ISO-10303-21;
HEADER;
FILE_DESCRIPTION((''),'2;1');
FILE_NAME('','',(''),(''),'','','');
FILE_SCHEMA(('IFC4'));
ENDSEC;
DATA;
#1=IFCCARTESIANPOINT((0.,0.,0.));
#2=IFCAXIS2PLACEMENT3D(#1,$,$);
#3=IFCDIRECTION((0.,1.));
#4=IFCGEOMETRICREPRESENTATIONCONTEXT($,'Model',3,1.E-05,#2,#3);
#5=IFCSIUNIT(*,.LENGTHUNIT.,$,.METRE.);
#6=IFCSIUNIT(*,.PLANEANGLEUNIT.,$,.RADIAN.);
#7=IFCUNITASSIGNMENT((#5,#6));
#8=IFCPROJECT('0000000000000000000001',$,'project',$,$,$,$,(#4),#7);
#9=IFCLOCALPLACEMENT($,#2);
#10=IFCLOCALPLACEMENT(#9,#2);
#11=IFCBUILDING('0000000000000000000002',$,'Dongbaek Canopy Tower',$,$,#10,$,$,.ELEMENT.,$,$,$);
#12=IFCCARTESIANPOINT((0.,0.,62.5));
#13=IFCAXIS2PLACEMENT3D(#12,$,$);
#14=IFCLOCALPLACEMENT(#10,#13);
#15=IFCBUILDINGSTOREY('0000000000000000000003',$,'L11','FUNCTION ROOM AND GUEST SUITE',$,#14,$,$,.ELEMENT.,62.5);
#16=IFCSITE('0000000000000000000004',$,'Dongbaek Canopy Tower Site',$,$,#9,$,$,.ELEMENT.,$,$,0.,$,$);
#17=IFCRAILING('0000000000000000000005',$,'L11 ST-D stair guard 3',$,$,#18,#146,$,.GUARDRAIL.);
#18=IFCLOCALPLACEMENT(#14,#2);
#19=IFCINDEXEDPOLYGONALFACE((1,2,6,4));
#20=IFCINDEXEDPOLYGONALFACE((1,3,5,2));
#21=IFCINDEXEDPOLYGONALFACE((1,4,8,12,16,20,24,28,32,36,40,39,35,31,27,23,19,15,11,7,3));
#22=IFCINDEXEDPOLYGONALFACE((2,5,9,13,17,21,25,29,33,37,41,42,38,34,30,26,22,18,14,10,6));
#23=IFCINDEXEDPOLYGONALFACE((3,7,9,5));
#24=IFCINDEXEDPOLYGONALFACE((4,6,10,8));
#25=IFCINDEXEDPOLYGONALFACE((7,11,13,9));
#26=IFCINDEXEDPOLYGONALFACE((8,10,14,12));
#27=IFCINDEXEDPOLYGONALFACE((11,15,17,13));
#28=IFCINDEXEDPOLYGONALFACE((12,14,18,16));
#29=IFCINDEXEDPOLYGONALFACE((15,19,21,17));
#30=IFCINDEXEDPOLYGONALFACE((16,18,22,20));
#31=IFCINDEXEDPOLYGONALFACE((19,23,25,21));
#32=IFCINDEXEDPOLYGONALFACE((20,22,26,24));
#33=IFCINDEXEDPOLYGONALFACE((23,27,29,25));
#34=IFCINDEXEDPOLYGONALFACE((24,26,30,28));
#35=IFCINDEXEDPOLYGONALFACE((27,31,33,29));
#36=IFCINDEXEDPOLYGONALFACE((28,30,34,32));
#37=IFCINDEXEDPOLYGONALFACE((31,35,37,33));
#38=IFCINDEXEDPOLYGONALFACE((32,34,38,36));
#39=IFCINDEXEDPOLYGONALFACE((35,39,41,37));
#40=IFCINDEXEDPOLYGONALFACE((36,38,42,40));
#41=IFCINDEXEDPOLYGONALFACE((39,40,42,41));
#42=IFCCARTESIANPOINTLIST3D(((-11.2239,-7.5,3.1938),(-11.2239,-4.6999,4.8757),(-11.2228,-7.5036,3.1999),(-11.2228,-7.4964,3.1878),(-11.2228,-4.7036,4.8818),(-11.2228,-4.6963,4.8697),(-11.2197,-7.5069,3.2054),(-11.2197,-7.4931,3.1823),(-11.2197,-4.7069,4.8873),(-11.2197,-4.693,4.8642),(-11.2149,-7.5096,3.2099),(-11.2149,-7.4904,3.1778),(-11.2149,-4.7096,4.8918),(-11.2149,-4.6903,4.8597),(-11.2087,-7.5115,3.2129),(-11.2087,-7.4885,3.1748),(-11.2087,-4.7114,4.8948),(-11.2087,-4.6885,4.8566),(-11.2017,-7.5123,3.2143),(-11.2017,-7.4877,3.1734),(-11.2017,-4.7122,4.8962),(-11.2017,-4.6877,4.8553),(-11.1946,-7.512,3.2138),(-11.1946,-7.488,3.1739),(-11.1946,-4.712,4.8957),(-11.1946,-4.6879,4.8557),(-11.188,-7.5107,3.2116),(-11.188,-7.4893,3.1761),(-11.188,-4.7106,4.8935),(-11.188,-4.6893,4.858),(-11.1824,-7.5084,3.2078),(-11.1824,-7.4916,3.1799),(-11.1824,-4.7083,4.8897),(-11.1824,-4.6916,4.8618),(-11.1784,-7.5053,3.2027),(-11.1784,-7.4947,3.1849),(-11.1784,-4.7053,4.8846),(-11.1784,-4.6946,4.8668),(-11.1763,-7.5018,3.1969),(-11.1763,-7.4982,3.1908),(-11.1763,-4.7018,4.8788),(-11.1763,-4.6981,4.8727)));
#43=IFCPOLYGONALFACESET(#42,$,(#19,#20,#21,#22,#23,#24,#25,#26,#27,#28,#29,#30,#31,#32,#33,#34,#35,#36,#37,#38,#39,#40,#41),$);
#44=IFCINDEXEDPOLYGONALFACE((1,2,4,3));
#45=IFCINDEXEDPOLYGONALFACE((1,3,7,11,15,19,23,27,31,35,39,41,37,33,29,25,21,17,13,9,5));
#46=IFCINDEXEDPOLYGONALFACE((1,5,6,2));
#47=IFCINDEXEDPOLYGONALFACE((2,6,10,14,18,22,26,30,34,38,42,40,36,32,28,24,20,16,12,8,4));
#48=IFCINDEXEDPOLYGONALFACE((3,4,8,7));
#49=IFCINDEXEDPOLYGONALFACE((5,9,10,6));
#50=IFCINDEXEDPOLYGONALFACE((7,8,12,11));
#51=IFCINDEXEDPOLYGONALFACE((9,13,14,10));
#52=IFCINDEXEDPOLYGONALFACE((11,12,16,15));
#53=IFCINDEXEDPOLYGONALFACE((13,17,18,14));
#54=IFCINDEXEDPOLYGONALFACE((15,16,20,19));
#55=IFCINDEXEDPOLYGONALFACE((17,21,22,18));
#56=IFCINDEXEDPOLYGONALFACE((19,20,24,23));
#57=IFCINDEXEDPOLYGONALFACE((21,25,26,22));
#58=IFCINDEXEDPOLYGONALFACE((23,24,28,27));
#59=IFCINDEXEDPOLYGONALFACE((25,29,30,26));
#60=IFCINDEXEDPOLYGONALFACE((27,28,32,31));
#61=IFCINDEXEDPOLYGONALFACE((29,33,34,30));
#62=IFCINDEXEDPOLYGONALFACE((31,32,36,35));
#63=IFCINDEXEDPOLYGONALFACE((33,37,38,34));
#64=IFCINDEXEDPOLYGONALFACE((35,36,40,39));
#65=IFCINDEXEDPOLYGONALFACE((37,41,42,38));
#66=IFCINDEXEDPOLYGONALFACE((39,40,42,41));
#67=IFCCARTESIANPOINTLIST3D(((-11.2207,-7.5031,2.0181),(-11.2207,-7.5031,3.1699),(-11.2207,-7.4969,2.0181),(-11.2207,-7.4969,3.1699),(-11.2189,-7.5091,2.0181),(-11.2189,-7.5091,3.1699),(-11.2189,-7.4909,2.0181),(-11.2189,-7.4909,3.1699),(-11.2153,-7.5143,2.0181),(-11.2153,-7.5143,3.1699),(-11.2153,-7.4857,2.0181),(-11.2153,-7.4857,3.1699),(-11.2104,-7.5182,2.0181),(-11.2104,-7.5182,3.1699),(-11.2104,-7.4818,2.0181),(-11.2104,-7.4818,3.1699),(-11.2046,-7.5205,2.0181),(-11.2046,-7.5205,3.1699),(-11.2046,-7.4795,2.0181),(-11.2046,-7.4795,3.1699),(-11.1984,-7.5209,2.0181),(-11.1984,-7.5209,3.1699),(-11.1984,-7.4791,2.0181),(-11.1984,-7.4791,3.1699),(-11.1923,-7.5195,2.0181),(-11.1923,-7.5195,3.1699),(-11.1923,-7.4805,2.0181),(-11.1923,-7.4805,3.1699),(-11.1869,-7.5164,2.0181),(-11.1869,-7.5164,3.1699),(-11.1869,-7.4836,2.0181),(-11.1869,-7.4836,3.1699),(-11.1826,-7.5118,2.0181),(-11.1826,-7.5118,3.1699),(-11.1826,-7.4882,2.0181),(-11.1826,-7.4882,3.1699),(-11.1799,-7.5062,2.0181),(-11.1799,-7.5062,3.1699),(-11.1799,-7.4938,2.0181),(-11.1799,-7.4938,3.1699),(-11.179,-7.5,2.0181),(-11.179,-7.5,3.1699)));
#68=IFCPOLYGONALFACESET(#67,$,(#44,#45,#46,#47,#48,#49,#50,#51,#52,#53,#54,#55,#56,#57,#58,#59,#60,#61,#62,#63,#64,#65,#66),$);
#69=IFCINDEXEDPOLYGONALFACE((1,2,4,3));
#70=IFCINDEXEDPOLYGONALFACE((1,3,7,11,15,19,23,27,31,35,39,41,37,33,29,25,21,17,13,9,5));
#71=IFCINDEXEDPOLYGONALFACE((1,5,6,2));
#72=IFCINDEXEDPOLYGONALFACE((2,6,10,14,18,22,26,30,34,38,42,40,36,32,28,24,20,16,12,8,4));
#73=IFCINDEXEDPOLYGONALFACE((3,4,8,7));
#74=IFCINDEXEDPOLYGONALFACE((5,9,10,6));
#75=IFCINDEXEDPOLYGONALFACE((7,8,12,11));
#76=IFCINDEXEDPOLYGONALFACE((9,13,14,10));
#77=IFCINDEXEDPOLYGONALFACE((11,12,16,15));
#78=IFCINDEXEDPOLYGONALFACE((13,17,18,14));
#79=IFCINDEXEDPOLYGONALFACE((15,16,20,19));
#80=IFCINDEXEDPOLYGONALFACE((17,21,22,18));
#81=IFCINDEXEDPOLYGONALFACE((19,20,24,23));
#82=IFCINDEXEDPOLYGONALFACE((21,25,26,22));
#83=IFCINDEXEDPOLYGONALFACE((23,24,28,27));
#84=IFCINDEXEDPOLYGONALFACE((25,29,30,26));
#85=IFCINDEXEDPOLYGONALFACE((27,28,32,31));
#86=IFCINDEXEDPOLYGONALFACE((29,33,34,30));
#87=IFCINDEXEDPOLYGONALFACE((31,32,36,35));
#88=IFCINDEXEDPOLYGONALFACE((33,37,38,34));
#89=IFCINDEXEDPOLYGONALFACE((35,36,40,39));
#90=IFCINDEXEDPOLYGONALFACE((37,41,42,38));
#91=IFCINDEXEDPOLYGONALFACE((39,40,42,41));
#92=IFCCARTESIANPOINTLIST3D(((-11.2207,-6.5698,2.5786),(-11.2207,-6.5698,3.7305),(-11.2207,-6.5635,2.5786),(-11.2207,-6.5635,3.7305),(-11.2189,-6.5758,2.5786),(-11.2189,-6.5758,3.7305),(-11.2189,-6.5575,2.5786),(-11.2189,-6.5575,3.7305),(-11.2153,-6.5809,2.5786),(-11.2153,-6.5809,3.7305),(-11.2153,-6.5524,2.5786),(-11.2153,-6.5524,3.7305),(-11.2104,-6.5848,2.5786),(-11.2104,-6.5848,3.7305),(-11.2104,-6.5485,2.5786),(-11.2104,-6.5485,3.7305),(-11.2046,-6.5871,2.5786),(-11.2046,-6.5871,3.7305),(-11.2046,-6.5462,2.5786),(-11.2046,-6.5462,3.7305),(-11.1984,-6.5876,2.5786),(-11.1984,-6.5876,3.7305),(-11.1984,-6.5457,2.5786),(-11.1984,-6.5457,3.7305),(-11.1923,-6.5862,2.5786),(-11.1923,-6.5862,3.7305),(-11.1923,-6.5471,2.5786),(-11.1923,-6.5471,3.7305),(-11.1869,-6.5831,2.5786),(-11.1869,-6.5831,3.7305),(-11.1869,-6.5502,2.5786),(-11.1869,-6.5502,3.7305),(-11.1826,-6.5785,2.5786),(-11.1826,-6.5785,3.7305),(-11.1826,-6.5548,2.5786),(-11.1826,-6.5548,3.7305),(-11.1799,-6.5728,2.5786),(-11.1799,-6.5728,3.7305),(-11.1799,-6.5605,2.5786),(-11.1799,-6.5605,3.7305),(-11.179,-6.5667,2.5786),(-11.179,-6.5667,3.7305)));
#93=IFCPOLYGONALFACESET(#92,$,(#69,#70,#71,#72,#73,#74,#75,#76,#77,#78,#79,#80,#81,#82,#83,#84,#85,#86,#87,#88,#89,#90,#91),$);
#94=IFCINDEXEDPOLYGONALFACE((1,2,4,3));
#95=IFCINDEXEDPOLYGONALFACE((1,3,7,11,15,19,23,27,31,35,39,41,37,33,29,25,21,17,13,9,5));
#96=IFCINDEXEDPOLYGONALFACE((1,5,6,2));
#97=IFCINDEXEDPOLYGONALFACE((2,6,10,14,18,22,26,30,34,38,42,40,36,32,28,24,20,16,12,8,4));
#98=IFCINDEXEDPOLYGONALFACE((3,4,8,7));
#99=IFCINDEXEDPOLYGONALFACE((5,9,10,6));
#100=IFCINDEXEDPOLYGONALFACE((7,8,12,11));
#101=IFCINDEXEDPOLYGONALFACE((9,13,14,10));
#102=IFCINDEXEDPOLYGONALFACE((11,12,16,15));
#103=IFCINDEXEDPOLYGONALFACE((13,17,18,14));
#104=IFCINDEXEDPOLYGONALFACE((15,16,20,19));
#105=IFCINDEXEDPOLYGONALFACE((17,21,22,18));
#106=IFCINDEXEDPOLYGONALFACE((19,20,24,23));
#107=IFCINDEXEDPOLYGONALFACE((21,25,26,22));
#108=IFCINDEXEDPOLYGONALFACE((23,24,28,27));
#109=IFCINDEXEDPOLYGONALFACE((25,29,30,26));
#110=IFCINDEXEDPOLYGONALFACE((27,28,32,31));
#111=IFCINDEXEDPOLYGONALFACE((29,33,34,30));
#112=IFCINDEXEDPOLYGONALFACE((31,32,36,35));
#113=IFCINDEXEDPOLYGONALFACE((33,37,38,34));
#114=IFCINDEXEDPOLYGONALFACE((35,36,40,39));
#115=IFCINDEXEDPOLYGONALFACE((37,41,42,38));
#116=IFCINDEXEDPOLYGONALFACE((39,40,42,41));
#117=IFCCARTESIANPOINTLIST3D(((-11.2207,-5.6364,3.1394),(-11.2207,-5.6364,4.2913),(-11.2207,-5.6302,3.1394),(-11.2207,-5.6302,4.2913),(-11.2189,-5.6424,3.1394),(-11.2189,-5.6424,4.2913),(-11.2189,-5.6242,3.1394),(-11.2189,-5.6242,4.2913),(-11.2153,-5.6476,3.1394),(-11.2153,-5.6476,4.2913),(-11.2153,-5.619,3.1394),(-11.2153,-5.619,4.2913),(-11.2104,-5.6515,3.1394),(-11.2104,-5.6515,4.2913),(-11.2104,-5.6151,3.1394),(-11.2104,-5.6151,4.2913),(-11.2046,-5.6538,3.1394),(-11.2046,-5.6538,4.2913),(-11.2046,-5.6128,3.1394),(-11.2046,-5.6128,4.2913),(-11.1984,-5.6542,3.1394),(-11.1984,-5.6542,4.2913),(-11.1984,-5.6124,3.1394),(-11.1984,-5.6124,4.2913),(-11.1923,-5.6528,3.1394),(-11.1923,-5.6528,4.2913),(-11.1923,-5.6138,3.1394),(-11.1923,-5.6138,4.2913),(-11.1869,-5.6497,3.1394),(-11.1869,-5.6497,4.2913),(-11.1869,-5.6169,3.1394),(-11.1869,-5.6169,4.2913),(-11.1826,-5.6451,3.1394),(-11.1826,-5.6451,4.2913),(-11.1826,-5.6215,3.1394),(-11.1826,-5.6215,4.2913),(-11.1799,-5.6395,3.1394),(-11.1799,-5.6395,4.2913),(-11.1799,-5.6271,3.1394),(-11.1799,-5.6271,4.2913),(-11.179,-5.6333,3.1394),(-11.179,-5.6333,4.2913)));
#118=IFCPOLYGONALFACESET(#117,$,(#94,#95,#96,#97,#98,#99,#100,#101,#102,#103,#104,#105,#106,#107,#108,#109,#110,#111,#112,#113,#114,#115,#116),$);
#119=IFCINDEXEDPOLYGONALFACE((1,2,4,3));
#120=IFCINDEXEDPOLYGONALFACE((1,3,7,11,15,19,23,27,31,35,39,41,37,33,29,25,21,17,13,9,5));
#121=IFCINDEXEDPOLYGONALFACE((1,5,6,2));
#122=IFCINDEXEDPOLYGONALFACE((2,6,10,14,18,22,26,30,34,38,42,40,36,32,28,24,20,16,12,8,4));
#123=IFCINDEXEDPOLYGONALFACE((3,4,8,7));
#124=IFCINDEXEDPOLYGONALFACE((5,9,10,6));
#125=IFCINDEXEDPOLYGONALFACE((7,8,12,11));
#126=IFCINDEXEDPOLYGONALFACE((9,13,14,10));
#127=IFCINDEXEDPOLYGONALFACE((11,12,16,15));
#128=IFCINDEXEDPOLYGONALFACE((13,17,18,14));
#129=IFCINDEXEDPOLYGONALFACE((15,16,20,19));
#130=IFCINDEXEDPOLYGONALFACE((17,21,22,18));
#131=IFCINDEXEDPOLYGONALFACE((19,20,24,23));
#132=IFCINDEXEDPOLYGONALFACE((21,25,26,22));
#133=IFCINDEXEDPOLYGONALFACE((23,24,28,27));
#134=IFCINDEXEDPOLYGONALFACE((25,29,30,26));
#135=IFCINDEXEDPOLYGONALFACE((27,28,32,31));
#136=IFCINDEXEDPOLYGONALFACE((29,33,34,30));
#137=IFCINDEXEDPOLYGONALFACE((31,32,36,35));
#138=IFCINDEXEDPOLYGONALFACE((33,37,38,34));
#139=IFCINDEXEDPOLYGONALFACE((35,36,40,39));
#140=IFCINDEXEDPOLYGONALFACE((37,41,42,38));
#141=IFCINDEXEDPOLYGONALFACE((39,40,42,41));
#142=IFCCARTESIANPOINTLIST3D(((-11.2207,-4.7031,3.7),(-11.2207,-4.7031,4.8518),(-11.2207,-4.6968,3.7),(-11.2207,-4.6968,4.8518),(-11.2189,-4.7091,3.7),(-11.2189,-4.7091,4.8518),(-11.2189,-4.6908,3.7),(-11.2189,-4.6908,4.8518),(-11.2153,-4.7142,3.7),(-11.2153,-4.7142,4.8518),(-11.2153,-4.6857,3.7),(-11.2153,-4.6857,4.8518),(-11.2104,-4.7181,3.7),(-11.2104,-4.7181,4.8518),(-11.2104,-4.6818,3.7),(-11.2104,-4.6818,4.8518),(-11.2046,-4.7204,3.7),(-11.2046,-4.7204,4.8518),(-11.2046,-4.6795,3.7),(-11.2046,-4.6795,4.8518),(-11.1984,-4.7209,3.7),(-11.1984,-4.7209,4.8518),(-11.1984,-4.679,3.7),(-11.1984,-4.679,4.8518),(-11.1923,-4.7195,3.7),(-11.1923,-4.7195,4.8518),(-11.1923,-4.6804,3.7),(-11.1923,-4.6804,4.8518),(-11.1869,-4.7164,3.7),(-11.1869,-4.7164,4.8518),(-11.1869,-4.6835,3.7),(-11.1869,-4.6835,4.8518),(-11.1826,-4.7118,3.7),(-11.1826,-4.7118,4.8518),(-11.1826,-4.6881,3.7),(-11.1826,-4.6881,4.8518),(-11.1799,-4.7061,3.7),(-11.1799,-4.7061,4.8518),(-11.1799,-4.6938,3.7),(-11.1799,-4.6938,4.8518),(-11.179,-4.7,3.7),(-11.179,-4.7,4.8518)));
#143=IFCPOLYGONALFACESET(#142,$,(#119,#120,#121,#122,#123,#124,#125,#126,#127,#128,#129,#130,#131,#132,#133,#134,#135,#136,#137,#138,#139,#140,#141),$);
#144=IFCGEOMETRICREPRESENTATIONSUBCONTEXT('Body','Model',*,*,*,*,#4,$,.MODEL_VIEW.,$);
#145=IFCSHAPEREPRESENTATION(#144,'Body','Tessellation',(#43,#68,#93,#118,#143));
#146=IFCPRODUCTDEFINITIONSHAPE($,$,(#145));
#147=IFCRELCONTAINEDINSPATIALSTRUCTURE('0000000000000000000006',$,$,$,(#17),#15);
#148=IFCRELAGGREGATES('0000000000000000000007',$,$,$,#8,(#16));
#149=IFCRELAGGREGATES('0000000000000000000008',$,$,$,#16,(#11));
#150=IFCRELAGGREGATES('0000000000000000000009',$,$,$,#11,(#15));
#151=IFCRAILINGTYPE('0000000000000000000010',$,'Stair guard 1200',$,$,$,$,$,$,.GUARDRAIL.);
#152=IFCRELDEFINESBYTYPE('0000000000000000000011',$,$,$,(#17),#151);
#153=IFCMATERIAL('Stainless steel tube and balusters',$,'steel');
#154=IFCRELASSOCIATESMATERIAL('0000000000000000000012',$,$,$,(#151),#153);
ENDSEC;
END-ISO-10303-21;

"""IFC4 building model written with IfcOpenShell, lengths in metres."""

from ifc_helpers import new_model, si_unit, direction, frame, origin, origin_2d, place, context, subcontext, project, spatial, circle, extrude, material, type_object, element, save


model = new_model("IFC4")

# Units and contexts
model_context = context("Model", 3, precision=1e-05, world=origin(), true_north=direction((0.0, 1.0)))
body_context = subcontext(model_context, "Body", "Model", "MODEL_VIEW")
ifc_project = project(units=[si_unit("LENGTHUNIT", "METRE"), si_unit("PLANEANGLEUNIT", "RADIAN")], contexts=[model_context])

# Site, building, storey
site_placement = place(None, origin())
site = spatial("IfcSite", under=ifc_project, at=site_placement, Name="Dongbaek Canopy Tower Site", CompositionType="ELEMENT", RefElevation=0.0)
building_placement = place(site_placement, origin())
building = spatial("IfcBuilding", under=site, at=building_placement, Name="Dongbaek Canopy Tower", CompositionType="ELEMENT")
storey_placement = place(building_placement, frame((0.0, 0.0, 62.5)))
storey = spatial("IfcBuildingStorey", under=building, at=storey_placement, Name="L11", Description="FUNCTION ROOM AND GUEST SUITE", CompositionType="ELEMENT", Elevation=62.5)

# Railing
ifc_material_1 = material(Name="Stainless steel tube and balusters", Category="steel")
railing_type_1 = type_object("IfcRailingType", Name="Stair guard 1200", PredefinedType="GUARDRAIL", material=ifc_material_1)
railing_1_placement = place(storey_placement, frame((-11.2, -7.5, 2.0181)))
element("IfcRailing", 1, at=railing_1_placement, inside=storey, type_object=railing_type_1, Name="L11 ST-D stair guard 3", PredefinedType="GUARDRAIL", context=body_context, shape_type="SweptSolid", body=[
    extrude(circle(Radius=0.0239, at=origin_2d()), frame((0.0, 0.0, 1.1758), z_axis=(0.0, 0.857242, 0.514913), x_axis=(-1.0, 0.0, 0.0)), (0.0, 0.0, 1.0), 3.2664),
    extrude(circle(Radius=0.021, at=origin_2d()), origin(), (0.0, 0.0, 1.0), 1.1519),
    extrude(circle(Radius=0.021, at=origin_2d()), frame((0.0, 0.9333, 0.5605)), (0.0, 0.0, 1.0), 1.1519),
    extrude(circle(Radius=0.021, at=origin_2d()), frame((0.0, 1.8667, 1.1213)), (0.0, 0.0, 1.0), 1.1519),
    extrude(circle(Radius=0.021, at=origin_2d()), frame((0.0, 2.8, 1.6819)), (0.0, 0.0, 1.0), 1.1519),
])

save(model, "model.ifc")
